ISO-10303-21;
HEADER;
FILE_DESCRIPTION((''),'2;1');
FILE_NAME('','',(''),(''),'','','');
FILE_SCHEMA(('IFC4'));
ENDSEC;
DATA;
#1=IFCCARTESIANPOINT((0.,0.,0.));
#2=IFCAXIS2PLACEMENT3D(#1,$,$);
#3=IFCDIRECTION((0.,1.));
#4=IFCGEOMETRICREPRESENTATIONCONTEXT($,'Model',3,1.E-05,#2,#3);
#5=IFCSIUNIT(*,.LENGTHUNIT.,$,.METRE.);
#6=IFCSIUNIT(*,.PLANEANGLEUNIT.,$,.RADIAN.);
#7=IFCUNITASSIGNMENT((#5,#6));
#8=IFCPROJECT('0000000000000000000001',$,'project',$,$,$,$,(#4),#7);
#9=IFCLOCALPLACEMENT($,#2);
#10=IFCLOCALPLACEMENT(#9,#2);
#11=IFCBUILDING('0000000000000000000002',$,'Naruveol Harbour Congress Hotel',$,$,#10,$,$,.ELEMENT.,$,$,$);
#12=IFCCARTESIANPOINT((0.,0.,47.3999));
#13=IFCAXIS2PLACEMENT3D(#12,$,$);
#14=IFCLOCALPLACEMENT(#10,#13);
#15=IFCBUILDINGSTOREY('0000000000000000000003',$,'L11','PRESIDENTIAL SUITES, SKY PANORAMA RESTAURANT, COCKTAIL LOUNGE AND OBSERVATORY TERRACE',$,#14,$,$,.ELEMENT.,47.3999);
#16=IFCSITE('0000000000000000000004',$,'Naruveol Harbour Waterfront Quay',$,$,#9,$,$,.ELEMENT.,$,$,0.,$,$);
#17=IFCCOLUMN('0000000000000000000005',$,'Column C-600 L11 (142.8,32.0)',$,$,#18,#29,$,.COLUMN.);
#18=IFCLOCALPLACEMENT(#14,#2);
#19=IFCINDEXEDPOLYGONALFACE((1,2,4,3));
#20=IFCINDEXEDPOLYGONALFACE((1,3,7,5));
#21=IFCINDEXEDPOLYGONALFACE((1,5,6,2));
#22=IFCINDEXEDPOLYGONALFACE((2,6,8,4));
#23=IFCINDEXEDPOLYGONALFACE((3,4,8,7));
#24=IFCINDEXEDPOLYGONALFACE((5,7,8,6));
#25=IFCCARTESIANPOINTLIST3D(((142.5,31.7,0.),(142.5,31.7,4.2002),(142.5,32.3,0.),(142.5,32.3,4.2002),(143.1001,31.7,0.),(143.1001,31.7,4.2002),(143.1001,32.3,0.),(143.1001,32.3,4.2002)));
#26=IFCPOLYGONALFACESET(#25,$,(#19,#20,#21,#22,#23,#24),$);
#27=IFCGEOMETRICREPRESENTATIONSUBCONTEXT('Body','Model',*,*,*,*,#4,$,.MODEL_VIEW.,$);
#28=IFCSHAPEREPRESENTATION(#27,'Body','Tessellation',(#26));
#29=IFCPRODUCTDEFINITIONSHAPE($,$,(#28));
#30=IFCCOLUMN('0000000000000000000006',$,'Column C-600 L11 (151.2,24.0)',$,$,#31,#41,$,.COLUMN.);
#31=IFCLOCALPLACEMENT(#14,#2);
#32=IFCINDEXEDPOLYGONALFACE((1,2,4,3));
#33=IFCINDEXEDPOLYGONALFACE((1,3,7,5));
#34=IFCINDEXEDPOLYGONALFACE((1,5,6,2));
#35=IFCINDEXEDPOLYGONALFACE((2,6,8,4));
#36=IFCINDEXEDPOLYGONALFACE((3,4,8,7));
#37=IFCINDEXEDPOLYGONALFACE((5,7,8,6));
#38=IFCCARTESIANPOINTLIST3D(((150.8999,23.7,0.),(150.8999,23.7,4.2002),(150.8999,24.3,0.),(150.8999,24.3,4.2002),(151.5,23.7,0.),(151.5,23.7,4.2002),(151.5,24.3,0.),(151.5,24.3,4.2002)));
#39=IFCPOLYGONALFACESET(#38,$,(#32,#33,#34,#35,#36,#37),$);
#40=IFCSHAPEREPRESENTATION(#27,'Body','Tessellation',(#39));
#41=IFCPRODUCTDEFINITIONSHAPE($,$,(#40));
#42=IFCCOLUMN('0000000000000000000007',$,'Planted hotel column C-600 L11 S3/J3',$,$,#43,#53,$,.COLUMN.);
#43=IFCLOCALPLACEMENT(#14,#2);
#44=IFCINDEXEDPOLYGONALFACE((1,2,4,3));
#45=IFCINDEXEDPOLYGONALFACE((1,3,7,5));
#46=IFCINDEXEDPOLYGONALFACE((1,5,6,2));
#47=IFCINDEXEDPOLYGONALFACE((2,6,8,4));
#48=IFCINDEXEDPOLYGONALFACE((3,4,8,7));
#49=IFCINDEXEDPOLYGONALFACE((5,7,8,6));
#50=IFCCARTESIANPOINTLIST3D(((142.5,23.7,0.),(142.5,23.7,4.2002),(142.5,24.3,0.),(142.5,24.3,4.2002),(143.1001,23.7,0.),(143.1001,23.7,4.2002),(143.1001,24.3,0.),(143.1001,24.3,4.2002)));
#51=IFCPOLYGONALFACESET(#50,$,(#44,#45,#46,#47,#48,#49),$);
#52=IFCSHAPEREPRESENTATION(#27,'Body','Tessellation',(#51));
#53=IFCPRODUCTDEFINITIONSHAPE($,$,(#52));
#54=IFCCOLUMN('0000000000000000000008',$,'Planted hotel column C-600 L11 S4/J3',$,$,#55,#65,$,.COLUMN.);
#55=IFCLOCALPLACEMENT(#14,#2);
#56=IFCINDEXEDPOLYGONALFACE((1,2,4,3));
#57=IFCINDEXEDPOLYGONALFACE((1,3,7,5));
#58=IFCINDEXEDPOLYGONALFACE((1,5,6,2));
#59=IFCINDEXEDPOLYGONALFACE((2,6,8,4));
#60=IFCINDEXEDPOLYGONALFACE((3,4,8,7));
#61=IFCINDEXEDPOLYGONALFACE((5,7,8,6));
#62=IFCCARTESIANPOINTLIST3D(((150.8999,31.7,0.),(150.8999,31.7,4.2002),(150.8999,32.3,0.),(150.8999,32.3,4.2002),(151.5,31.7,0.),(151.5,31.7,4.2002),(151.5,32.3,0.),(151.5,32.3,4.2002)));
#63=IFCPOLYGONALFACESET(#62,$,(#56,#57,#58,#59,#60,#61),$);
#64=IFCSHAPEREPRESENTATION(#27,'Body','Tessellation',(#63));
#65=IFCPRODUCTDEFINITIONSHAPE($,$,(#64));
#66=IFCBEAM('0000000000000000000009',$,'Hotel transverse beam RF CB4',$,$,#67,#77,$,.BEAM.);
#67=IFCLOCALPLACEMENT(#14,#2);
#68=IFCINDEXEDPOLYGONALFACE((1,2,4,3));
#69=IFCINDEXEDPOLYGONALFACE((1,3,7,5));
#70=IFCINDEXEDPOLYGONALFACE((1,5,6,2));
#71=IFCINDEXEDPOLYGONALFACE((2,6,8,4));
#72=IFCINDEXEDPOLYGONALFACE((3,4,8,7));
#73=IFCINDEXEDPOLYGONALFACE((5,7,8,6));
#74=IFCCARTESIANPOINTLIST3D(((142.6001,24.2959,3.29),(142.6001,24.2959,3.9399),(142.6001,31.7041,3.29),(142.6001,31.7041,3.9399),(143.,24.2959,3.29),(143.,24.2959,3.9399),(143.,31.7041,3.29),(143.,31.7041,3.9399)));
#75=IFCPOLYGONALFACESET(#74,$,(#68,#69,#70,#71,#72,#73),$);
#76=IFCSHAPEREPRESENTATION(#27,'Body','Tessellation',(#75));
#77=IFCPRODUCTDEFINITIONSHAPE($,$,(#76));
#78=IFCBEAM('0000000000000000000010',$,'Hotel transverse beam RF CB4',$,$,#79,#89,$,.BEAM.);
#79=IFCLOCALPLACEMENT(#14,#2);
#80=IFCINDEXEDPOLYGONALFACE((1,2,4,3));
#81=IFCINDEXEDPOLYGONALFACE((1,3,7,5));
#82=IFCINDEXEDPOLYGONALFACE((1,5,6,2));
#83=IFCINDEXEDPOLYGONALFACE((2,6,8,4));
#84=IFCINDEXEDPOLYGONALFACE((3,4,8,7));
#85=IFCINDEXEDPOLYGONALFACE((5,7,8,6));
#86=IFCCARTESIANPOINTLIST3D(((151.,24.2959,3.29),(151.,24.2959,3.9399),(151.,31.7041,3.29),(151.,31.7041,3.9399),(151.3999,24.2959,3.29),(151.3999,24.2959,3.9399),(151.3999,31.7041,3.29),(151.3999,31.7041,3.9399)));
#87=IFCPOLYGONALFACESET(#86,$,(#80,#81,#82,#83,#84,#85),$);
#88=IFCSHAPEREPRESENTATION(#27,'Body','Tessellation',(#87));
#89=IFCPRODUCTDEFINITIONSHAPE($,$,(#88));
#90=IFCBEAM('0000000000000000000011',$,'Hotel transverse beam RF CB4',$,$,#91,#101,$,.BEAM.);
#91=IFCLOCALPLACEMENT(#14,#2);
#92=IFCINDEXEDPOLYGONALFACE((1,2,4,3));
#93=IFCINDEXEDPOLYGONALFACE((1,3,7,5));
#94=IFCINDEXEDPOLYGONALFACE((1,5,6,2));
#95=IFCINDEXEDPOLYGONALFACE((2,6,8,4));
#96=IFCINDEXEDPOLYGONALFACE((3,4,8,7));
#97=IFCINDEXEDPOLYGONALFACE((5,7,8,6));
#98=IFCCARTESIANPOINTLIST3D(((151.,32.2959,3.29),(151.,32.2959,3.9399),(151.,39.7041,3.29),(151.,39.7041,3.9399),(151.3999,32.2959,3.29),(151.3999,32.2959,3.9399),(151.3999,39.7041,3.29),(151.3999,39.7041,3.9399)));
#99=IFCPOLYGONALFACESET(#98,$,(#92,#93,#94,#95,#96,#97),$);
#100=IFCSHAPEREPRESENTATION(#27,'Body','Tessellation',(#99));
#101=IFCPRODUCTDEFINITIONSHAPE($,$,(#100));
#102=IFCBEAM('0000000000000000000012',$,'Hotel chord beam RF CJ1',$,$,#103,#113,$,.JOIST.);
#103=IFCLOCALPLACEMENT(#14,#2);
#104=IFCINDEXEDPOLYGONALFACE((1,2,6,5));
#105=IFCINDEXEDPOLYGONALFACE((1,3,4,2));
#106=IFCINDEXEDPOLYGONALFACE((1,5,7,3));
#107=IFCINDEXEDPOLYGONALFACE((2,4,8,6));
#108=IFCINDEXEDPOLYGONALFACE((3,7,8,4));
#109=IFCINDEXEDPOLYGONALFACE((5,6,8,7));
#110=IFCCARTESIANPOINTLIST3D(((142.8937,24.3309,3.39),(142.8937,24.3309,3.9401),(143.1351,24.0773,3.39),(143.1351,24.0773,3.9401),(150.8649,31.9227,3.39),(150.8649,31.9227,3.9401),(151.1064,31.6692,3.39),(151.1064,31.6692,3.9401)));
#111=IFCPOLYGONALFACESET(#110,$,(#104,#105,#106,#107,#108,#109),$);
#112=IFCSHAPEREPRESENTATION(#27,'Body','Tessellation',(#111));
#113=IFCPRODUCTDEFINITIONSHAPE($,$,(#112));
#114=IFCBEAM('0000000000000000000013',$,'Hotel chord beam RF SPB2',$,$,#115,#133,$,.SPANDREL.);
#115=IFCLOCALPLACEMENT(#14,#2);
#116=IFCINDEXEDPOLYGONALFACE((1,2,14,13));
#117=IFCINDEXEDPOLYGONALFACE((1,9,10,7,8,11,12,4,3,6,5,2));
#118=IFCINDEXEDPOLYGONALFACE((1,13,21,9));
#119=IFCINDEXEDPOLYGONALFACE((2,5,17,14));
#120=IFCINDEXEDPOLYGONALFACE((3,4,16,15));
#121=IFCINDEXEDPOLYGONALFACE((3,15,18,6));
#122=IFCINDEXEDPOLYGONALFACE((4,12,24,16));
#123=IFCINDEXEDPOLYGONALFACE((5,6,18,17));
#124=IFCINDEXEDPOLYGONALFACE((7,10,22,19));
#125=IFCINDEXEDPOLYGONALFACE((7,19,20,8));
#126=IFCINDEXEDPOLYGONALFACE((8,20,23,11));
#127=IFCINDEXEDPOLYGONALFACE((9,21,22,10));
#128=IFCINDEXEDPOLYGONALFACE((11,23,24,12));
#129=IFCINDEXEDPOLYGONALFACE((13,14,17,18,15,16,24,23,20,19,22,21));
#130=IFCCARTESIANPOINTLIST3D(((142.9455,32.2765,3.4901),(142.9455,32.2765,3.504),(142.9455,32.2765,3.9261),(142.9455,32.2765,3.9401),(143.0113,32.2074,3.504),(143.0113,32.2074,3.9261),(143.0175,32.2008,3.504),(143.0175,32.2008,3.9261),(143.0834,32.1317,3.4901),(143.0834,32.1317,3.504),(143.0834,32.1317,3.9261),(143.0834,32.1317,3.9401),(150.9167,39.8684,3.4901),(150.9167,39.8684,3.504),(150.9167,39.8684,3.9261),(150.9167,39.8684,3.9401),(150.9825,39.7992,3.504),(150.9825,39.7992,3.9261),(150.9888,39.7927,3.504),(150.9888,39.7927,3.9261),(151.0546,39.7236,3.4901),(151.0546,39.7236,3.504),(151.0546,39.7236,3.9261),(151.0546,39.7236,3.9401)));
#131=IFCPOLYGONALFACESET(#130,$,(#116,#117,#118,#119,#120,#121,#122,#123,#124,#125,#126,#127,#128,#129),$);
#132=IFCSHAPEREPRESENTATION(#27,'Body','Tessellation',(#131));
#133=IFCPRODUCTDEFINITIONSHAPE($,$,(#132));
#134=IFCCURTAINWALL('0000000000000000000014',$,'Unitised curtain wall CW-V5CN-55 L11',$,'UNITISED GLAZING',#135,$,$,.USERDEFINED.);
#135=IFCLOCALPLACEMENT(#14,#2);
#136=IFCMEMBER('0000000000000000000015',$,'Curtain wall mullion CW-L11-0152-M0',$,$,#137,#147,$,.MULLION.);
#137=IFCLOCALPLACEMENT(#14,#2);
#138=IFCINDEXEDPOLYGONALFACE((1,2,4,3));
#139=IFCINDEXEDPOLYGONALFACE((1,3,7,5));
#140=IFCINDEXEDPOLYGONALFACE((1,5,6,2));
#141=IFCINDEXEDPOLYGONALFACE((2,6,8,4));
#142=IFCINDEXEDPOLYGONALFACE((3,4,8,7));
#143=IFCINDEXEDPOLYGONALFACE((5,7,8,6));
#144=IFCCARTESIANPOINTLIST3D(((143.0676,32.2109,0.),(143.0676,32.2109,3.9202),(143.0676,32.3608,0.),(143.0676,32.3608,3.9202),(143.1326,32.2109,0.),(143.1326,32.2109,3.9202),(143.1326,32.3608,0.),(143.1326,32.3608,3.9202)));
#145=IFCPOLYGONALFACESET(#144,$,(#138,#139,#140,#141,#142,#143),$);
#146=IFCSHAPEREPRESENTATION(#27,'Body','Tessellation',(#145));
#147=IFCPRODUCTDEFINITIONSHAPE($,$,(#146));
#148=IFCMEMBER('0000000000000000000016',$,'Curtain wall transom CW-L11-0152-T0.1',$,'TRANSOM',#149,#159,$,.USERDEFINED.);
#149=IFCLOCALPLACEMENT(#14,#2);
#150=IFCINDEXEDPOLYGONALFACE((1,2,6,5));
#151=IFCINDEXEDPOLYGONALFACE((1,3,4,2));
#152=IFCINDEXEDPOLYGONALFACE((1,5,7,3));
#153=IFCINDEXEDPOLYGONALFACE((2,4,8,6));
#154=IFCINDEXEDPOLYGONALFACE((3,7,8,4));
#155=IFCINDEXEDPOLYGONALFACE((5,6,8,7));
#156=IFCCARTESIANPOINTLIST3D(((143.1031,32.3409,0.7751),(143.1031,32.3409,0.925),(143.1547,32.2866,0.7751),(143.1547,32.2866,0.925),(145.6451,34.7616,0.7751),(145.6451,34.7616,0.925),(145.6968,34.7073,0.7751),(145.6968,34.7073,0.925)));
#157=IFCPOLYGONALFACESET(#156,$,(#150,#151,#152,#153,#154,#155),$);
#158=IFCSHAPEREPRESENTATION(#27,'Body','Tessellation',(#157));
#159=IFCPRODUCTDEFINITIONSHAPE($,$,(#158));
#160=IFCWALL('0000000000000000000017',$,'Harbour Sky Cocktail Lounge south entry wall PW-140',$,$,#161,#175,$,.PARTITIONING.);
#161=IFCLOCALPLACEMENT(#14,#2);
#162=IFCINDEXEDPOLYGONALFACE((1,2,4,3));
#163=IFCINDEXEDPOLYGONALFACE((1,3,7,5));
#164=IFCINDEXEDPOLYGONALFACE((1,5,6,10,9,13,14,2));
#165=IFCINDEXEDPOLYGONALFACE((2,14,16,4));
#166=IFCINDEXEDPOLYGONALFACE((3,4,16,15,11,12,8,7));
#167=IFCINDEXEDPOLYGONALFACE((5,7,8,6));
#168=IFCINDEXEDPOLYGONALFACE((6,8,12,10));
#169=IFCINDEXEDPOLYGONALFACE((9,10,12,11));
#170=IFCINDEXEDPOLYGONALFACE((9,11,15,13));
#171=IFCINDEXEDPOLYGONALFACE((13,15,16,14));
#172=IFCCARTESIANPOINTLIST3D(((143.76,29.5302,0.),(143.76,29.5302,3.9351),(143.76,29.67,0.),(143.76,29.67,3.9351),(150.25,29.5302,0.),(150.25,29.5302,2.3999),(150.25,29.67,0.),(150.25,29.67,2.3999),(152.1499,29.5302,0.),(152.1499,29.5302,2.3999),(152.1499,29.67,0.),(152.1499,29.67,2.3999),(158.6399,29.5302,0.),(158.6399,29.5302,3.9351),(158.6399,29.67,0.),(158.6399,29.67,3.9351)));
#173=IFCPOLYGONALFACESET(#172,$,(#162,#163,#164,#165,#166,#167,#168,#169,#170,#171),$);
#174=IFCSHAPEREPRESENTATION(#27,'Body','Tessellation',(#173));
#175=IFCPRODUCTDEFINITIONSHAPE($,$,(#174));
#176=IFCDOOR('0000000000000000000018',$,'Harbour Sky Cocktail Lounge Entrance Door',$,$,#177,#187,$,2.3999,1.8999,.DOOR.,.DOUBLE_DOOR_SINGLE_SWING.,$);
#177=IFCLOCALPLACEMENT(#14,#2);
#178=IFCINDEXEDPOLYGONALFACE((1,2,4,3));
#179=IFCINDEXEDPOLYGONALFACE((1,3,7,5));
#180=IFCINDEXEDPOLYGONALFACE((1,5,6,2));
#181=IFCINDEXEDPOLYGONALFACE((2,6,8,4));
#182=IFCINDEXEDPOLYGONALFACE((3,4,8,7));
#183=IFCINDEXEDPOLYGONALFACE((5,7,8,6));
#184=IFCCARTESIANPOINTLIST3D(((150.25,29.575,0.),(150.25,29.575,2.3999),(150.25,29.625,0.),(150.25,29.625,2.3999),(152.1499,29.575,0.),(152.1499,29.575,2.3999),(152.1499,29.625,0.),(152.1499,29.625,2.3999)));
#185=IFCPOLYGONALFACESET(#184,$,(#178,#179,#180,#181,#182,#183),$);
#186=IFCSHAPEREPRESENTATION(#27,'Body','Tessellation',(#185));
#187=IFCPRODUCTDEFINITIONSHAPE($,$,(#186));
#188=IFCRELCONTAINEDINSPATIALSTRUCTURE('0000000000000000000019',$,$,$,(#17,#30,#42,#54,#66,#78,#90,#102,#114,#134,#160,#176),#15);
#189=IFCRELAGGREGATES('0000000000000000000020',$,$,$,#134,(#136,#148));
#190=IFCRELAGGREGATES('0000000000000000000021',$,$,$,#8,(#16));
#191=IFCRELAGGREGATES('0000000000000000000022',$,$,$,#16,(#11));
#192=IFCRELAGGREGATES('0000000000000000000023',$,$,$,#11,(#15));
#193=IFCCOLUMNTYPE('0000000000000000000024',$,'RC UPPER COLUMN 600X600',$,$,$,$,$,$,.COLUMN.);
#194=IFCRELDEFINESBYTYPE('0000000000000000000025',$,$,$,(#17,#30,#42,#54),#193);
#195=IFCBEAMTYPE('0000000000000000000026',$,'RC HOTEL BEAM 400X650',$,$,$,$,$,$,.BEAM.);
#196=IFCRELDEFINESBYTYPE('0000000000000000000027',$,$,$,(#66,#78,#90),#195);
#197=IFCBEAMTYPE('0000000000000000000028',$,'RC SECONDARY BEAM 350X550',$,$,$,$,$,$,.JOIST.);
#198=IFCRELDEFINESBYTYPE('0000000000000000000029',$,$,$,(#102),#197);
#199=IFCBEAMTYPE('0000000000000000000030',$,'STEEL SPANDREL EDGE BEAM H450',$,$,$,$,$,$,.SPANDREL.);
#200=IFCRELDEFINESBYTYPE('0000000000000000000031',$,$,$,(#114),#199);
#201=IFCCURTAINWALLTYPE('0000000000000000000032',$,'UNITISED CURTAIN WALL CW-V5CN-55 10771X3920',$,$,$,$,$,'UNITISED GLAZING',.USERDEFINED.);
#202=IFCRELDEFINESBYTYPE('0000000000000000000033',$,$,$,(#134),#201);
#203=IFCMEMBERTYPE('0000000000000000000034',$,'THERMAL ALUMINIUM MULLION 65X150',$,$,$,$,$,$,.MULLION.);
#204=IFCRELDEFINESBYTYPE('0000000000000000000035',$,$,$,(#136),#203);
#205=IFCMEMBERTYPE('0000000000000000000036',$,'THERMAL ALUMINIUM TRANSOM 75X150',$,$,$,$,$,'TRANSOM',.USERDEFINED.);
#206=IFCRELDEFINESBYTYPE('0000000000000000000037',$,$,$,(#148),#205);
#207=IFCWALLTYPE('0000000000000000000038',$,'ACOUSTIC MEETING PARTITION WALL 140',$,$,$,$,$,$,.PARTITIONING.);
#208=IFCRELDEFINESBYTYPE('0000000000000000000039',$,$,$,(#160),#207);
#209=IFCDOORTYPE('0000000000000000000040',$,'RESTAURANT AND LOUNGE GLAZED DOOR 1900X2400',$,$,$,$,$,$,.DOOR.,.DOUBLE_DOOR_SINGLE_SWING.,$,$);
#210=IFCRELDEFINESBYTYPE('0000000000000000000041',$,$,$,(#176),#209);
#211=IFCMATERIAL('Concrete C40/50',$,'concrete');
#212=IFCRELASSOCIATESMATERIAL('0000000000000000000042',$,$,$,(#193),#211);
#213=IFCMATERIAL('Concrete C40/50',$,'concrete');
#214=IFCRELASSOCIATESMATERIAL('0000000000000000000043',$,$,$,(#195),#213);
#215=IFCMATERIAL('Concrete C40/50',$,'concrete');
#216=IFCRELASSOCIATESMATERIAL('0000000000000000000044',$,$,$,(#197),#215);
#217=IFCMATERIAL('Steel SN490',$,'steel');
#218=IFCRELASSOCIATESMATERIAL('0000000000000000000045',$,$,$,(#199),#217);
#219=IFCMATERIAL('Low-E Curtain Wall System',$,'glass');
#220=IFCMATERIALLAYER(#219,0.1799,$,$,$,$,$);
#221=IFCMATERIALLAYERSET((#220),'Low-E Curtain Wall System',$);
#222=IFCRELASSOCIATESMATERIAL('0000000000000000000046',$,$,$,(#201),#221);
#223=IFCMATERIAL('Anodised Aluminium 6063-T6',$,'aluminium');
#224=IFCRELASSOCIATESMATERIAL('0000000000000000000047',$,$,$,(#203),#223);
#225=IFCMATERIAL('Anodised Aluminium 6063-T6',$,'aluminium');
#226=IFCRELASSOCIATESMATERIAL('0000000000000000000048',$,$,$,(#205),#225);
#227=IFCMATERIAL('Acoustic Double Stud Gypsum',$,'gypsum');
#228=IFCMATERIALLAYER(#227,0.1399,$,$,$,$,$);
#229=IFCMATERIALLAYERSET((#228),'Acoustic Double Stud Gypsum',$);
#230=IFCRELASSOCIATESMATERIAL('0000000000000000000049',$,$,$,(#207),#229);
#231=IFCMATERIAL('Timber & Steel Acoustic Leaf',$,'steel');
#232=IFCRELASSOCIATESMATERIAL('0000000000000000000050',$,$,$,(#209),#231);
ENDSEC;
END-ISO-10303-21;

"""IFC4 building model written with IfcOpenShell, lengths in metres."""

from ifc_helpers import new_model, si_unit, direction, frame, frame_2d, origin, origin_2d, place, context, subcontext, project, spatial, rectangle, i_section, extrude, material, layer, layer_set, material_profile, profile_set, type_object, element, fill, aggregate, save


model = new_model("IFC4")

# Units and contexts
model_context = context("Model", 3, precision=1e-05, world=origin(), true_north=direction((0.0, 1.0)))
body_context = subcontext(model_context, "Body", "Model", "MODEL_VIEW")
ifc_project = project(units=[si_unit("LENGTHUNIT", "METRE"), si_unit("PLANEANGLEUNIT", "RADIAN")], contexts=[model_context])

# Site, building, storey
site_placement = place(None, origin())
site = spatial("IfcSite", under=ifc_project, at=site_placement, Name="Naruveol Harbour Waterfront Quay", CompositionType="ELEMENT", RefElevation=0.0)
building_placement = place(site_placement, origin())
building = spatial("IfcBuilding", under=site, at=building_placement, Name="Naruveol Harbour Congress Hotel", CompositionType="ELEMENT")
storey_placement = place(building_placement, frame((0.0, 0.0, 47.3999)))
storey = spatial("IfcBuildingStorey", under=building, at=storey_placement, Name="L11", Description="PRESIDENTIAL SUITES, SKY PANORAMA RESTAURANT, COCKTAIL LOUNGE AND OBSERVATORY TERRACE", CompositionType="ELEMENT", Elevation=47.3999)

# Columns
ifc_material_1 = material(Name="Concrete C40/50", Category="concrete")
ifc_material_profile_1 = material_profile(ifc_material_1, rectangle(XDim=0.6001, YDim=0.6001, at=origin_2d()), Name="RC-600x600")
ifc_profile_set_1 = profile_set([ifc_material_profile_1], Name="Concrete C40/50")
column_type = type_object("IfcColumnType", Name="RC UPPER COLUMN 600X600", PredefinedType="COLUMN", material=ifc_profile_set_1)
for number, where, z_axis, x_axis, name in (
    (1, (142.8, 32.0, 0.0), (0.0, 0.0, 1.0), (1.0, 0.0, 0.0), "Column C-600 L11 (142.8,32.0)"),
    (2, (151.2, 24.0, 0.0), (0.0, 0.0, 1.0), (1.0, 0.0, 0.0), "Column C-600 L11 (151.2,24.0)"),
    (3, (142.8, 24.0, 0.0), (0.0, 0.0, 1.0), (1.0, 0.0, 0.0), "Planted hotel column C-600 L11 S3/J3"),
    (4, (151.2, 32.0, 0.0), (0.0, 0.0, 1.0), (1.0, 0.0, 0.0), "Planted hotel column C-600 L11 S4/J3"),
):
    element("IfcColumn", number, at=place(storey_placement, frame(where, z_axis=z_axis, x_axis=x_axis)), inside=storey, type_object=column_type, Name=name, PredefinedType="COLUMN", context=body_context, shape_type="SweptSolid", body=[
        extrude(rectangle(XDim=0.6001, YDim=0.6001, at=origin_2d()), origin(), (0.0, 0.0, 1.0), 4.2002),
    ])

# Beams
ifc_material_2 = material(Name="Concrete C40/50", Category="concrete")
ifc_material_profile_2 = material_profile(ifc_material_2, rectangle(XDim=0.3999, YDim=0.6499, at=origin_2d()), Name="RCB-400x650")
ifc_profile_set_2 = profile_set([ifc_material_profile_2], Name="Concrete C40/50")
beam_type_1 = type_object("IfcBeamType", Name="RC HOTEL BEAM 400X650", PredefinedType="BEAM", material=ifc_profile_set_2)
for number, where, z_axis, x_axis, name in (
    (5, (142.8, 24.2959, 3.615), (0.0, 1.0, 0.0), (-1.0, 0.0, 0.0), "Hotel transverse beam RF CB4"),
    (6, (151.2, 24.2959, 3.615), (0.0, 1.0, 0.0), (-1.0, 0.0, 0.0), "Hotel transverse beam RF CB4"),
    (7, (151.2, 32.2959, 3.615), (0.0, 1.0, 0.0), (-1.0, 0.0, 0.0), "Hotel transverse beam RF CB4"),
):
    element("IfcBeam", number, at=place(storey_placement, frame(where, z_axis=z_axis, x_axis=x_axis)), inside=storey, type_object=beam_type_1, Name=name, PredefinedType="BEAM", context=body_context, shape_type="SweptSolid", body=[
        extrude(rectangle(XDim=0.3999, YDim=0.6499, at=origin_2d()), origin(), (0.0, 0.0, 1.0), 7.4082),
    ])
ifc_material_3 = material(Name="Concrete C40/50", Category="concrete")
ifc_material_profile_3 = material_profile(ifc_material_3, rectangle(XDim=0.3501, YDim=0.55, at=origin_2d()), Name="RCB-350x550")
ifc_profile_set_3 = profile_set([ifc_material_profile_3], Name="Concrete C40/50")
beam_type_2 = type_object("IfcBeamType", Name="RC SECONDARY BEAM 350X550", PredefinedType="JOIST", material=ifc_profile_set_3)
beam_1_placement = place(storey_placement, frame((143.0144, 24.2041, 3.665), z_axis=(0.724129, 0.689664, 0.0), x_axis=(-0.689664, 0.724129, 0.0)))
element("IfcBeam", 8, at=beam_1_placement, inside=storey, type_object=beam_type_2, Name="Hotel chord beam RF CJ1", PredefinedType="JOIST", context=body_context, shape_type="SweptSolid", body=[
    extrude(rectangle(XDim=0.3501, YDim=0.55, at=origin_2d()), origin(), (0.0, 0.0, 1.0), 11.0081),
])
ifc_material_4 = material(Name="Steel SN490", Category="steel")
ifc_material_profile_4 = material_profile(ifc_material_4, i_section(OverallWidth=0.2, OverallDepth=0.45, WebThickness=0.009, FlangeThickness=0.0139, at=origin_2d()), Name="H-450x200x9x14")
ifc_profile_set_4 = profile_set([ifc_material_profile_4], Name="Steel SN490")
beam_type_3 = type_object("IfcBeamType", Name="STEEL SPANDREL EDGE BEAM H450", PredefinedType="SPANDREL", material=ifc_profile_set_4)
beam_2_placement = place(storey_placement, frame((143.0144, 32.2041, 3.7151), z_axis=(0.724129, 0.689664, 0.0), x_axis=(-0.689664, 0.724129, 0.0)))
element("IfcBeam", 9, at=beam_2_placement, inside=storey, type_object=beam_type_3, Name="Hotel chord beam RF SPB2", PredefinedType="SPANDREL", context=body_context, shape_type="SweptSolid", body=[
    extrude(i_section(OverallWidth=0.2, OverallDepth=0.45, WebThickness=0.009, FlangeThickness=0.0139, at=origin_2d()), origin(), (0.0, 0.0, 1.0), 11.0081),
])

# Curtain wall, members
ifc_material_5 = material(Name="Low-E Curtain Wall System", Category="glass")
ifc_layer_1 = layer(ifc_material_5, 0.1799)
ifc_layer_set_1 = layer_set([ifc_layer_1], Name="Low-E Curtain Wall System")
curtain_wall_type = type_object("IfcCurtainWallType", Name="UNITISED CURTAIN WALL CW-V5CN-55 10771X3920", ElementType="UNITISED GLAZING", PredefinedType="USERDEFINED", material=ifc_layer_set_1)
curtain_wall_placement = place(storey_placement, origin())
curtain_wall = element("IfcCurtainWall", 10, at=curtain_wall_placement, inside=storey, type_object=curtain_wall_type, Name="Unitised curtain wall CW-V5CN-55 L11", ObjectType="UNITISED GLAZING", PredefinedType="USERDEFINED")
ifc_material_6 = material(Name="Anodised Aluminium 6063-T6", Category="aluminium")
ifc_material_profile_5 = material_profile(ifc_material_6, rectangle(XDim=0.0649, YDim=0.1499, at=origin_2d()), Name="ALU-65x150")
ifc_profile_set_5 = profile_set([ifc_material_profile_5], Name="Anodised Aluminium 6063-T6")
member_type_1 = type_object("IfcMemberType", Name="THERMAL ALUMINIUM MULLION 65X150", PredefinedType="MULLION", material=ifc_profile_set_5)
member_1_placement = place(storey_placement, frame((143.1001, 32.2859, 0.0), z_axis=(0.0, 0.0, 1.0), x_axis=(1.0, 0.0, 0.0)))
member_1 = element("IfcMember", 11, at=member_1_placement, type_object=member_type_1, Name="Curtain wall mullion CW-L11-0152-M0", PredefinedType="MULLION", context=body_context, shape_type="SweptSolid", body=[
    extrude(rectangle(XDim=0.0649, YDim=0.1499, at=origin_2d()), origin(), (0.0, 0.0, 1.0), 3.9202),
])
ifc_material_7 = material(Name="Anodised Aluminium 6063-T6", Category="aluminium")
ifc_material_profile_6 = material_profile(ifc_material_7, rectangle(XDim=0.075, YDim=0.1499, at=origin_2d()), Name="ALU-75x150")
ifc_profile_set_6 = profile_set([ifc_material_profile_6], Name="Anodised Aluminium 6063-T6")
member_type_2 = type_object("IfcMemberType", Name="THERMAL ALUMINIUM TRANSOM 75X150", ElementType="TRANSOM", PredefinedType="USERDEFINED", material=ifc_profile_set_6)
member_2_placement = place(storey_placement, frame((143.1289, 32.3137, 0.8501), z_axis=(0.724179, 0.689612, 0.0), x_axis=(-0.689612, 0.724179, 0.0)))
member_2 = element("IfcMember", 12, at=member_2_placement, type_object=member_type_2, Name="Curtain wall transom CW-L11-0152-T0.1", ObjectType="TRANSOM", PredefinedType="USERDEFINED", context=body_context, shape_type="SweptSolid", body=[
    extrude(rectangle(XDim=0.075, YDim=0.1499, at=origin_2d()), origin(), (0.0, 0.0, 1.0), 3.5103),
])
aggregate(curtain_wall, [member_1, member_2])

# Wall, opening, door
ifc_material_8 = material(Name="Acoustic Double Stud Gypsum", Category="gypsum")
ifc_layer_2 = layer(ifc_material_8, 0.1399)
ifc_layer_set_2 = layer_set([ifc_layer_2], Name="Acoustic Double Stud Gypsum")
wall_type_1 = type_object("IfcWallType", Name="ACOUSTIC MEETING PARTITION WALL 140", PredefinedType="PARTITIONING", material=ifc_layer_set_2)
wall_1_placement = place(storey_placement, frame((143.76, 29.6001, 0.0), z_axis=(0.0, 0.0, 1.0), x_axis=(1.0, 0.0, 0.0)))
wall_1 = element("IfcWall", 13, at=wall_1_placement, inside=storey, type_object=wall_type_1, Name="Harbour Sky Cocktail Lounge south entry wall PW-140", PredefinedType="PARTITIONING", context=body_context, shape_type="SweptSolid", body=[
    extrude(rectangle(XDim=14.8799, YDim=0.1399, at=frame_2d((7.4399, 0.0))), origin(), (0.0, 0.0, 1.0), 3.9351),
])
opening_placement = place(wall_1_placement, frame((6.49, 0.0, 0.0)))
opening = element("IfcOpeningElement", 14, at=opening_placement, cuts=wall_1, PredefinedType="OPENING", context=body_context, shape_type="SweptSolid", body=[
    extrude(rectangle(XDim=1.8999, YDim=2.3999, at=frame_2d((0.95, 1.2))), frame((0.0, 0.0798, 0.0), z_axis=(0.0, -1.0, 0.0), x_axis=(1.0, 0.0, 0.0)), (0.0, 0.0, 1.0), 0.1599),
])
ifc_material_9 = material(Name="Timber & Steel Acoustic Leaf", Category="steel")
door_type = type_object("IfcDoorType", Name="RESTAURANT AND LOUNGE GLAZED DOOR 1900X2400", OperationType="DOUBLE_DOOR_SINGLE_SWING", PredefinedType="DOOR", material=ifc_material_9)
door_placement = place(opening_placement, origin())
door = element("IfcDoor", 15, at=door_placement, inside=storey, type_object=door_type, Name="Harbour Sky Cocktail Lounge Entrance Door", OperationType="DOUBLE_DOOR_SINGLE_SWING", OverallHeight=2.3999, OverallWidth=1.8999, PredefinedType="DOOR", context=body_context, shape_type="SweptSolid", body=[
    extrude(rectangle(XDim=1.8999, YDim=2.3999, at=frame_2d((0.95, 1.2))), frame((0.0, 0.0249, 0.0), z_axis=(0.0, -1.0, 0.0), x_axis=(1.0, 0.0, 0.0)), (0.0, 0.0, 1.0), 0.05),
])
fill(opening, door)

save(model, "model.ifc")
